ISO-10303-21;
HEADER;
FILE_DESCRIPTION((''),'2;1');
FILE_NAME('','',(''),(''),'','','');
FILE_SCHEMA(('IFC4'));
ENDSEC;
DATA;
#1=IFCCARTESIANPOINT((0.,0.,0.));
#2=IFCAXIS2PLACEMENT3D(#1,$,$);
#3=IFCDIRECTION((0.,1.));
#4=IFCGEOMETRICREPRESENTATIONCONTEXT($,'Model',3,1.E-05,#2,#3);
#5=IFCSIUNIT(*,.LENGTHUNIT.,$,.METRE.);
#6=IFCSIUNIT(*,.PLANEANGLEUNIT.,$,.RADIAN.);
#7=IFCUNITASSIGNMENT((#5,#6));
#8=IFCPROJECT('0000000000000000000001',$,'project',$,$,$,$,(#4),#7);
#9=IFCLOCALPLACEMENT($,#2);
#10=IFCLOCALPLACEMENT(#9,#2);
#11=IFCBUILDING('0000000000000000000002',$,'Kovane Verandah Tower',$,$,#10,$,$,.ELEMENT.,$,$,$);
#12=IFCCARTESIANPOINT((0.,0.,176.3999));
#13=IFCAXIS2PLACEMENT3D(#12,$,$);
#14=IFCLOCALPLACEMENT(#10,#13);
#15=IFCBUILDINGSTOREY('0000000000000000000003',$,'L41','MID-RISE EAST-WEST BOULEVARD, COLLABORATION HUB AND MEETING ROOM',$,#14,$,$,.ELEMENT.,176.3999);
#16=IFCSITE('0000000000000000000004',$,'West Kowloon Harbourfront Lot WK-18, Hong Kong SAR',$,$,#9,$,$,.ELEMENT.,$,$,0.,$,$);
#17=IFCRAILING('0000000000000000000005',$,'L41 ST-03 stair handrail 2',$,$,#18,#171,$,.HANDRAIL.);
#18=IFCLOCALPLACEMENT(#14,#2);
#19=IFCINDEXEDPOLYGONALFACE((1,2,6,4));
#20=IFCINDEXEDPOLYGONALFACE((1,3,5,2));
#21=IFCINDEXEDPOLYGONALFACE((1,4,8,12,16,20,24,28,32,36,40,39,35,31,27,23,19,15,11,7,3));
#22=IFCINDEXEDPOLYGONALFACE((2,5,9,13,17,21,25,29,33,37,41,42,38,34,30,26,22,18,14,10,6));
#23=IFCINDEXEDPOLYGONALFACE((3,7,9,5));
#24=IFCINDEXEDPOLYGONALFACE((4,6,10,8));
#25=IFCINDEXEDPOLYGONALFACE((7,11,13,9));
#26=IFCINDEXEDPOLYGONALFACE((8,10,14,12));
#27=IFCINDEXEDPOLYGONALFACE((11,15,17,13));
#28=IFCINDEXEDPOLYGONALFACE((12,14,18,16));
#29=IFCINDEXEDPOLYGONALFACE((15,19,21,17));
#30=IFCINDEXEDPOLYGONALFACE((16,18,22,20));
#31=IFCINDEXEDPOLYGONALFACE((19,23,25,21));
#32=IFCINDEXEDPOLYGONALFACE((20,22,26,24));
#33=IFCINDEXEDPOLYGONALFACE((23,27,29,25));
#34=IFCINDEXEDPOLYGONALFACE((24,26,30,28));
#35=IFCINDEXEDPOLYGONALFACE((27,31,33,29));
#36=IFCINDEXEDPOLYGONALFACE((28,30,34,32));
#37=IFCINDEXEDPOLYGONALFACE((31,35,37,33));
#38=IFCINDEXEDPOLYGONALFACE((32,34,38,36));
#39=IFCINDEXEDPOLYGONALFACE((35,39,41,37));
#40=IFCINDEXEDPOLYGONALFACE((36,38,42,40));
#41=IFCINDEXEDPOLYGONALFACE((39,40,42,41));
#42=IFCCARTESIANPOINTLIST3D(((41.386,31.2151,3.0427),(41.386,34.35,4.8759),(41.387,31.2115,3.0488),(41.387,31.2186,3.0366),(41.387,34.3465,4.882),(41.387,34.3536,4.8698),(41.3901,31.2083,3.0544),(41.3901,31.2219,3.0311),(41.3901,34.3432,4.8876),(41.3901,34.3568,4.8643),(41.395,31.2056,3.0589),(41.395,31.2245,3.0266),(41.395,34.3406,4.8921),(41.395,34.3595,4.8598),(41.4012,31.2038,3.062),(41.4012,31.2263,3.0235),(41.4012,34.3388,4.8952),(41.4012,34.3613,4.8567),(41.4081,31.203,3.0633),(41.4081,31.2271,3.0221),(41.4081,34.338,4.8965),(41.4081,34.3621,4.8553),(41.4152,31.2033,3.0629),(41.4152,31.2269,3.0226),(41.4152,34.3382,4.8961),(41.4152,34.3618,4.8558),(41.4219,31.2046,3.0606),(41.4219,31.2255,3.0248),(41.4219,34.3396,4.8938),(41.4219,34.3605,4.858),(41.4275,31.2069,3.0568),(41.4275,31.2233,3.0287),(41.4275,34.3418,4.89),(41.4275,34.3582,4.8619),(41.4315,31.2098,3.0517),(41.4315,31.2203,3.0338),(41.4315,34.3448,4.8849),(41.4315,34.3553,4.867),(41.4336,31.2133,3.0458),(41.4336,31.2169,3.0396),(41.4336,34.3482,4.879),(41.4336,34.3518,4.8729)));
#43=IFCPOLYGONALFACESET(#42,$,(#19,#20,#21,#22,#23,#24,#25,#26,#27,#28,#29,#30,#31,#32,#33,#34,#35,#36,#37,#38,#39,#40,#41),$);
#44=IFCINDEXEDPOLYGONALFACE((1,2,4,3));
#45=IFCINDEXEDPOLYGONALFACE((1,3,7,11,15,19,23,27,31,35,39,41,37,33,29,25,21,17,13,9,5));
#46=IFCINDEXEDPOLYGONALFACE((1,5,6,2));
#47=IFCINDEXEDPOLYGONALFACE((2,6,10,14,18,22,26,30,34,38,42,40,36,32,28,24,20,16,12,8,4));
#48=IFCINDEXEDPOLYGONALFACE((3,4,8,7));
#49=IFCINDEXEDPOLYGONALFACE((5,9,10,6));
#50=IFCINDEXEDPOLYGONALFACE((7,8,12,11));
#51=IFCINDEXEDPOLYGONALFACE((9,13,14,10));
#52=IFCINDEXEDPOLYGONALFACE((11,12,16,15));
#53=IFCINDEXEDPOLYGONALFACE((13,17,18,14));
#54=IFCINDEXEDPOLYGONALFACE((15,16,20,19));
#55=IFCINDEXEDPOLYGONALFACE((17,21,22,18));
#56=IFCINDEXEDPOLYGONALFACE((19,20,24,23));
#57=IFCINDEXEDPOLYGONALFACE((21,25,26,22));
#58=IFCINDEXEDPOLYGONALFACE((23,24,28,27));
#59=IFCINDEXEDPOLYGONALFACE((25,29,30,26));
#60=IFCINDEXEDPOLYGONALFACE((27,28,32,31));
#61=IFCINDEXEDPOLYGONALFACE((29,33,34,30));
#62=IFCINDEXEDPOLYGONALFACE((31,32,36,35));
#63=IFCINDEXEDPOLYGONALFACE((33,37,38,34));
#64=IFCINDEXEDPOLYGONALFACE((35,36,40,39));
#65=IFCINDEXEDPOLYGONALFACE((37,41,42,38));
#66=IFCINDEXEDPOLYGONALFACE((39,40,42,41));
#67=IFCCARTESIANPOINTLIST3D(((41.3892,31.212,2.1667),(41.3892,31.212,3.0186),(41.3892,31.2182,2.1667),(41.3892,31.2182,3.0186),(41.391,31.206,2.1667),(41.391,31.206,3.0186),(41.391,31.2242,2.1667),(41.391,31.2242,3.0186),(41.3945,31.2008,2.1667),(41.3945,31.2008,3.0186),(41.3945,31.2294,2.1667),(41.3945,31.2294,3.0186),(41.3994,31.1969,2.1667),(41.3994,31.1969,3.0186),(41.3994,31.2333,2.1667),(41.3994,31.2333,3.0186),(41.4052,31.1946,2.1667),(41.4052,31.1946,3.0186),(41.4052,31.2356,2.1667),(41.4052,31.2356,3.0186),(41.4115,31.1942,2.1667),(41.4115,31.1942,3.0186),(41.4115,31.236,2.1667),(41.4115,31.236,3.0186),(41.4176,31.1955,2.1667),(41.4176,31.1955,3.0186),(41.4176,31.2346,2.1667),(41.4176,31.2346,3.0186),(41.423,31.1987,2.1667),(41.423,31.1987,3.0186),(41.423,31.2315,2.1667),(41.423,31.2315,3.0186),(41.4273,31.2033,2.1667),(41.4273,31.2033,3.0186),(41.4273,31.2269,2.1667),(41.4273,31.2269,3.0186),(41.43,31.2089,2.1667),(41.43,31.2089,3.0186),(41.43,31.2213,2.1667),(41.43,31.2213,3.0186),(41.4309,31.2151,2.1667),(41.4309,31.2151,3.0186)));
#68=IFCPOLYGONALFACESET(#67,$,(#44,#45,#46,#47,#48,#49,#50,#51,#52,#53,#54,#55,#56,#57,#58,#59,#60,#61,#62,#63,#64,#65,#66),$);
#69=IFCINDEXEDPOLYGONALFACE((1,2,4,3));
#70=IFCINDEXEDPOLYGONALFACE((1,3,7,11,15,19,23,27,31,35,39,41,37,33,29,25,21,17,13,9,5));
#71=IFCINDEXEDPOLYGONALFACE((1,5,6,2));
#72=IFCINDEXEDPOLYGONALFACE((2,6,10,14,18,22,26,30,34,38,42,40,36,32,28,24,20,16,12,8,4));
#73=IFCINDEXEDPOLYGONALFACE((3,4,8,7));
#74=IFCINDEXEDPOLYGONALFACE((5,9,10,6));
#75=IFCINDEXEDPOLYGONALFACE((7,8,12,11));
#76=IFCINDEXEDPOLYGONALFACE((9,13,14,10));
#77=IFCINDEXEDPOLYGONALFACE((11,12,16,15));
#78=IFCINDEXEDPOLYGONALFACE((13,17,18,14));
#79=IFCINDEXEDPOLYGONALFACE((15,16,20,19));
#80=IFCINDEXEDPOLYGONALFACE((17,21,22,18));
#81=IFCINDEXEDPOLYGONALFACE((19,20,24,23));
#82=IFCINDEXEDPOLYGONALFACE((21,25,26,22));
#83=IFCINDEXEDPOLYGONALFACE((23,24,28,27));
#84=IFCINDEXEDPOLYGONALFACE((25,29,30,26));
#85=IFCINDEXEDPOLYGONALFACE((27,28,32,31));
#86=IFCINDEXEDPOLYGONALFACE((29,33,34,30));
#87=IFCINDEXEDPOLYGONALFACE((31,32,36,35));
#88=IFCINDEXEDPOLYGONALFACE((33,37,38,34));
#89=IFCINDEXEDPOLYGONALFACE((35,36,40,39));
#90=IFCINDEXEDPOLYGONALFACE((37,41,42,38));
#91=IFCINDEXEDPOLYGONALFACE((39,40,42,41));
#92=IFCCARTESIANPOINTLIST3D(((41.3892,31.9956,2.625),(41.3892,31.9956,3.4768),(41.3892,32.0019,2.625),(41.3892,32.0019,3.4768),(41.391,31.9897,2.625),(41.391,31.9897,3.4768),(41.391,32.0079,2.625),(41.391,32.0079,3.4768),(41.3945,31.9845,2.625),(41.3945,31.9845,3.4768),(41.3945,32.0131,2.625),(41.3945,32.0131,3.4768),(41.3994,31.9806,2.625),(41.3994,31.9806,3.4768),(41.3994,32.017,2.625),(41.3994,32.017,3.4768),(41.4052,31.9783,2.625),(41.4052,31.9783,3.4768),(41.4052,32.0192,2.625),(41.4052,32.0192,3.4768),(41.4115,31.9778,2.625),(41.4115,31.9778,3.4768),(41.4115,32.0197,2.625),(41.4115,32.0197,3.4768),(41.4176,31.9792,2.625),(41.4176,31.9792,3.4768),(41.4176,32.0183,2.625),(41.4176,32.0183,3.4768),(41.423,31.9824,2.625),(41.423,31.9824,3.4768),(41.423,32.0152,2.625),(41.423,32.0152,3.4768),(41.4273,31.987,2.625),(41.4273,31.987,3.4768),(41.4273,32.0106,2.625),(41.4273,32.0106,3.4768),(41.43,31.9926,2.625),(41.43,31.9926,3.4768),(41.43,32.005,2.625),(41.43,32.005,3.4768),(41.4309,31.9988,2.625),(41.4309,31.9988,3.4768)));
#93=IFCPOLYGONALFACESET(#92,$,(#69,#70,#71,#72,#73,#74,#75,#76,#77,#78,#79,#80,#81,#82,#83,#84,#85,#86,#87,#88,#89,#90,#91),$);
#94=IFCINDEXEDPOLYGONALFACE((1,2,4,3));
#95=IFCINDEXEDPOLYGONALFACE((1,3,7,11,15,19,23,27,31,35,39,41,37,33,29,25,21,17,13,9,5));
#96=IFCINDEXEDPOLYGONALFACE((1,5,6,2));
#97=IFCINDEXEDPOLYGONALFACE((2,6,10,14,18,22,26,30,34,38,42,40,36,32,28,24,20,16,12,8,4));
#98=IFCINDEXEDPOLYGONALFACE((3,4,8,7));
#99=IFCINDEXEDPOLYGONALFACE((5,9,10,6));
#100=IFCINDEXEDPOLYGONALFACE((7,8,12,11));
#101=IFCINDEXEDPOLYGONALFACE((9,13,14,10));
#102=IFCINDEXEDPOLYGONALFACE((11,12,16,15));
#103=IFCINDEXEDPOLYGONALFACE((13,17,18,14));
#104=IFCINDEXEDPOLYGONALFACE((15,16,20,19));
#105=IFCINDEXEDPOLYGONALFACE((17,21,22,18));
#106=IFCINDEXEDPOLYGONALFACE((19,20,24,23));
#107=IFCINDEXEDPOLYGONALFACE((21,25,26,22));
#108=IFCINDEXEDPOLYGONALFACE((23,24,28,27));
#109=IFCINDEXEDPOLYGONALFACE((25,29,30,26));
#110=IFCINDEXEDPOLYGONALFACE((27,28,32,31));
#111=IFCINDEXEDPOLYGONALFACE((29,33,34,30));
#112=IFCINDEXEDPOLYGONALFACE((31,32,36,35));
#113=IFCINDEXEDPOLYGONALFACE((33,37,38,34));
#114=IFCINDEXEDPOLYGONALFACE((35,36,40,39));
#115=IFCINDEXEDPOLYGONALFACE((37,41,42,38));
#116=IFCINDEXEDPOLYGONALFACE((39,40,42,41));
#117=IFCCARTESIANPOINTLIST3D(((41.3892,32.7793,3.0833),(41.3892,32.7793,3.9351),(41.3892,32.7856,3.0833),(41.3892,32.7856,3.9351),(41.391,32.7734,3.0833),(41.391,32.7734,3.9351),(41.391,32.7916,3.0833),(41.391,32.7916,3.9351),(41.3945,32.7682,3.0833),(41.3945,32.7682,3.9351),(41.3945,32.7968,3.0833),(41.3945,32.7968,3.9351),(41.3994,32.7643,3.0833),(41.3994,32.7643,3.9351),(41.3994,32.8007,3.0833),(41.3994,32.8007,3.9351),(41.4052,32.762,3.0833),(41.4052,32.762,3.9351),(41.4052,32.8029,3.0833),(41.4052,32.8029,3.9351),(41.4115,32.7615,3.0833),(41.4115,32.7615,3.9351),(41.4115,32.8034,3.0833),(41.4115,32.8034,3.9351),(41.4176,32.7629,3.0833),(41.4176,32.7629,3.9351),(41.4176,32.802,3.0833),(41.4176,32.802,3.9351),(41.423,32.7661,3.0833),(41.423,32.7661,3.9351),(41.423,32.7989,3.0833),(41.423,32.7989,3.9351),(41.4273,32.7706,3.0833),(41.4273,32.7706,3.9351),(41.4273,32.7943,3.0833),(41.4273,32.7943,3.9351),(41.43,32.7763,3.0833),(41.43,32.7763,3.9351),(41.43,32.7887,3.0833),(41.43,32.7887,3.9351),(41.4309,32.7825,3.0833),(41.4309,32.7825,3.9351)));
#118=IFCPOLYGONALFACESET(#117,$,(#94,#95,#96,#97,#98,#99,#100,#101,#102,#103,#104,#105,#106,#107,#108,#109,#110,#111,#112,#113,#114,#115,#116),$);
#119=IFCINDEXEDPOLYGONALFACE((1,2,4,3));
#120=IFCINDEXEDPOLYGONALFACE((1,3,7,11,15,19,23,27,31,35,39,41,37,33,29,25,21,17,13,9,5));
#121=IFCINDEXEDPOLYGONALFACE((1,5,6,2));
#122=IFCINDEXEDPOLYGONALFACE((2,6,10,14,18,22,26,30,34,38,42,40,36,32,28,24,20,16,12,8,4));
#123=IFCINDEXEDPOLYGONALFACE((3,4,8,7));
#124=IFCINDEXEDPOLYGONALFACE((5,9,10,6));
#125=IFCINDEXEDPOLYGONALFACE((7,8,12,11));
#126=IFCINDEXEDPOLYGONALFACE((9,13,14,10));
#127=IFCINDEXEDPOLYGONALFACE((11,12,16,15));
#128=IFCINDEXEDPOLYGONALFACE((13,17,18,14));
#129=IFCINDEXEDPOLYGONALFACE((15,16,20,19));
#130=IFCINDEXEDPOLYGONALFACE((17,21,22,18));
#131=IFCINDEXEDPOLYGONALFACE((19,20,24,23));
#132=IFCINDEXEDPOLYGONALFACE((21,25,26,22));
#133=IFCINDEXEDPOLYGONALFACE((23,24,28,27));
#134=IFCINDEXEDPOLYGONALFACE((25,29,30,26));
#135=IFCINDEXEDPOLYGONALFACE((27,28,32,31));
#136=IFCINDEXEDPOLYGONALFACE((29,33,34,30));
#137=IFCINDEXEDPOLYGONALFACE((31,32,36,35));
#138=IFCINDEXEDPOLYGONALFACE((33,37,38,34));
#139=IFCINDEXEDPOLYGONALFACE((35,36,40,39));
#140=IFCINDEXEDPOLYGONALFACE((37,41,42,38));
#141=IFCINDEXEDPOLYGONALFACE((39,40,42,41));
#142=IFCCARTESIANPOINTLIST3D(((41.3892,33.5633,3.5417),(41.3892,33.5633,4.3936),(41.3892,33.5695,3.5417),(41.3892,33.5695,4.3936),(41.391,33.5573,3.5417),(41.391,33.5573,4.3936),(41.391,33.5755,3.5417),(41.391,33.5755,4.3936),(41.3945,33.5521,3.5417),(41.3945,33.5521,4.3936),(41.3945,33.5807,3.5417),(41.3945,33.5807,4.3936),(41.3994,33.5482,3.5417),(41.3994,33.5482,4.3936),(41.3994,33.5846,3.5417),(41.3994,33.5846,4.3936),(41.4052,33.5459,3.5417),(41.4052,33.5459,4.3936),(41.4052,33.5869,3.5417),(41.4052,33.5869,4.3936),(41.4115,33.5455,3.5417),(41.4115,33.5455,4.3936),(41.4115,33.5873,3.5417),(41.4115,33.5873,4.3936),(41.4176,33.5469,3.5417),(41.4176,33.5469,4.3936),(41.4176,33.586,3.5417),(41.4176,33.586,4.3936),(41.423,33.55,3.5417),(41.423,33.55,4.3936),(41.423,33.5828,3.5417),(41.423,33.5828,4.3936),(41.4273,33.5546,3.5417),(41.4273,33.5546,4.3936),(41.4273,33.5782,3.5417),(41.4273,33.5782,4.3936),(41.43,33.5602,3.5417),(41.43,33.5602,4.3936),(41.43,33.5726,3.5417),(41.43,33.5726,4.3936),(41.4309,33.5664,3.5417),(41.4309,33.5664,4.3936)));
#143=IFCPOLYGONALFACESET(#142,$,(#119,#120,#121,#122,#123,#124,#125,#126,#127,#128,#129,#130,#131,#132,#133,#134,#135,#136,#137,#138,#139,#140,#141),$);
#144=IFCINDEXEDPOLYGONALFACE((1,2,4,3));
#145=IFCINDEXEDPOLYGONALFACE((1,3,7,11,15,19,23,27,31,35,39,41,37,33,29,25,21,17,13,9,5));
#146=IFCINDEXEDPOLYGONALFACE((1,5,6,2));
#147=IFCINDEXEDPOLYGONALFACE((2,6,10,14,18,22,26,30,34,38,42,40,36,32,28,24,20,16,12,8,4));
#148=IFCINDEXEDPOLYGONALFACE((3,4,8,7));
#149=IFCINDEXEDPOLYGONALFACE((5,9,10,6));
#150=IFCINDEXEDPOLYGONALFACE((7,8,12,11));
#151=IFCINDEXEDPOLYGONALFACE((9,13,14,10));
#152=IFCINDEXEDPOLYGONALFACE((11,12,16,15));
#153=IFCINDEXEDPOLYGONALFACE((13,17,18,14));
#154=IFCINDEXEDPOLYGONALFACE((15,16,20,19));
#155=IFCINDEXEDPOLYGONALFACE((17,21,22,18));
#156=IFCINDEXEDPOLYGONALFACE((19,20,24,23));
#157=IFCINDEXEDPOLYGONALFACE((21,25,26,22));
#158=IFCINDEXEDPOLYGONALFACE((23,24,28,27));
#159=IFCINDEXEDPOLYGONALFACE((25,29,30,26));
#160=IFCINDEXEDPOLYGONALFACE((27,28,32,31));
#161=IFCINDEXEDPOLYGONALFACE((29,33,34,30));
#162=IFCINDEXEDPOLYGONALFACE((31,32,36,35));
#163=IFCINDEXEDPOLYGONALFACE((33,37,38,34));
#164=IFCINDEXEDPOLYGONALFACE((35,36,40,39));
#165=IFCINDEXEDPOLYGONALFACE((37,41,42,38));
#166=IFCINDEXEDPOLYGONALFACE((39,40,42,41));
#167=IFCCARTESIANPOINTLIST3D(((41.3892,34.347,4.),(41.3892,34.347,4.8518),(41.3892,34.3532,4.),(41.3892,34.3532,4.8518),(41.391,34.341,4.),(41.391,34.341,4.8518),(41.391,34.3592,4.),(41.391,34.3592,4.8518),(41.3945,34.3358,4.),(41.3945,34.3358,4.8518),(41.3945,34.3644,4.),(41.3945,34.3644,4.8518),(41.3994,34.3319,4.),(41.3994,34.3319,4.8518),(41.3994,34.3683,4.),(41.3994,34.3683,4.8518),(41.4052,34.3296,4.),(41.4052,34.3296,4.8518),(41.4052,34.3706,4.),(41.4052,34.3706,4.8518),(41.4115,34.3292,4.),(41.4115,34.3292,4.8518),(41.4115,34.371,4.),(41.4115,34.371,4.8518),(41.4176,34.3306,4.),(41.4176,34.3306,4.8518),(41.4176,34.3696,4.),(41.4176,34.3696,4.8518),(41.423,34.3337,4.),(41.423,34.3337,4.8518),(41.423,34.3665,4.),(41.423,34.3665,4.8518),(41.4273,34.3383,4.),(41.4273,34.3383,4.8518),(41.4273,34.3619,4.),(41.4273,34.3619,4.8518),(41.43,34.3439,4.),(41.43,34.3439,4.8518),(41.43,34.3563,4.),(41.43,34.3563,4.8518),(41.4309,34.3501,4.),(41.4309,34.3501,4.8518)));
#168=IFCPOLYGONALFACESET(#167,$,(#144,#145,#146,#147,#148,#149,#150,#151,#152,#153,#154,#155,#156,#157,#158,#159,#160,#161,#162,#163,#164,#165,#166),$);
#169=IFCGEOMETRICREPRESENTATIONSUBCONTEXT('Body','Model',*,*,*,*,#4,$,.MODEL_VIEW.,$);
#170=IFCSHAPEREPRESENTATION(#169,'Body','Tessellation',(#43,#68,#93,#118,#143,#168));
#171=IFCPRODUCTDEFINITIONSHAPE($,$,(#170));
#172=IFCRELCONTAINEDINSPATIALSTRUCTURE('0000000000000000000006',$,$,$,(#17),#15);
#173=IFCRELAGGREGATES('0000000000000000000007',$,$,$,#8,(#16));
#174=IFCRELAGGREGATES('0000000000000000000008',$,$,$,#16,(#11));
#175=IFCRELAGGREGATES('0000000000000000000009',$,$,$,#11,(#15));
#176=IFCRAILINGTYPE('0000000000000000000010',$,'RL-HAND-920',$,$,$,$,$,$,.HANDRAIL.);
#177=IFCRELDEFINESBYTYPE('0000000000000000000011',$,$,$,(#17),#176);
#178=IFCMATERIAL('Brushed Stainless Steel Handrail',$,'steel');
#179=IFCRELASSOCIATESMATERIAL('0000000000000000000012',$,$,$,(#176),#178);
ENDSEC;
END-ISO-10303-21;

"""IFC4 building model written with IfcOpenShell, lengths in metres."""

from ifc_helpers import new_model, si_unit, direction, frame, origin, origin_2d, place, context, subcontext, project, spatial, circle, extrude, material, type_object, element, save


model = new_model("IFC4")

# Units and contexts
model_context = context("Model", 3, precision=1e-05, world=origin(), true_north=direction((0.0, 1.0)))
body_context = subcontext(model_context, "Body", "Model", "MODEL_VIEW")
ifc_project = project(units=[si_unit("LENGTHUNIT", "METRE"), si_unit("PLANEANGLEUNIT", "RADIAN")], contexts=[model_context])

# Site, building, storey
site_placement = place(None, origin())
site = spatial("IfcSite", under=ifc_project, at=site_placement, Name="West Kowloon Harbourfront Lot WK-18, Hong Kong SAR", CompositionType="ELEMENT", RefElevation=0.0)
building_placement = place(site_placement, origin())
building = spatial("IfcBuilding", under=site, at=building_placement, Name="Kovane Verandah Tower", CompositionType="ELEMENT")
storey_placement = place(building_placement, frame((0.0, 0.0, 176.3999)))
storey = spatial("IfcBuildingStorey", under=building, at=storey_placement, Name="L41", Description="MID-RISE EAST-WEST BOULEVARD, COLLABORATION HUB AND MEETING ROOM", CompositionType="ELEMENT", Elevation=176.3999)

# Railing
ifc_material_1 = material(Name="Brushed Stainless Steel Handrail", Category="steel")
railing_type_1 = type_object("IfcRailingType", Name="RL-HAND-920", PredefinedType="HANDRAIL", material=ifc_material_1)
railing_1_placement = place(storey_placement, frame((41.4099, 31.2151, 2.1667)))
element("IfcRailing", 1, at=railing_1_placement, inside=storey, type_object=railing_type_1, Name="L41 ST-03 stair handrail 2", PredefinedType="HANDRAIL", context=body_context, shape_type="SweptSolid", body=[
    extrude(circle(Radius=0.0239, at=origin_2d()), frame((0.0, 0.0, 0.876), z_axis=(0.0, 0.86324, 0.504794), x_axis=(-1.0, 0.0, 0.0)), (0.0, 0.0, 1.0), 3.6316),
    extrude(circle(Radius=0.021, at=origin_2d()), origin(), (0.0, 0.0, 1.0), 0.8518),
    extrude(circle(Radius=0.021, at=origin_2d()), frame((0.0, 0.7837, 0.4583)), (0.0, 0.0, 1.0), 0.8518),
    extrude(circle(Radius=0.021, at=origin_2d()), frame((0.0, 1.5674, 0.9165)), (0.0, 0.0, 1.0), 0.8518),
    extrude(circle(Radius=0.021, at=origin_2d()), frame((0.0, 2.3513, 1.375)), (0.0, 0.0, 1.0), 0.8518),
    extrude(circle(Radius=0.021, at=origin_2d()), frame((0.0, 3.135, 1.8333)), (0.0, 0.0, 1.0), 0.8518),
])

save(model, "model.ifc")
